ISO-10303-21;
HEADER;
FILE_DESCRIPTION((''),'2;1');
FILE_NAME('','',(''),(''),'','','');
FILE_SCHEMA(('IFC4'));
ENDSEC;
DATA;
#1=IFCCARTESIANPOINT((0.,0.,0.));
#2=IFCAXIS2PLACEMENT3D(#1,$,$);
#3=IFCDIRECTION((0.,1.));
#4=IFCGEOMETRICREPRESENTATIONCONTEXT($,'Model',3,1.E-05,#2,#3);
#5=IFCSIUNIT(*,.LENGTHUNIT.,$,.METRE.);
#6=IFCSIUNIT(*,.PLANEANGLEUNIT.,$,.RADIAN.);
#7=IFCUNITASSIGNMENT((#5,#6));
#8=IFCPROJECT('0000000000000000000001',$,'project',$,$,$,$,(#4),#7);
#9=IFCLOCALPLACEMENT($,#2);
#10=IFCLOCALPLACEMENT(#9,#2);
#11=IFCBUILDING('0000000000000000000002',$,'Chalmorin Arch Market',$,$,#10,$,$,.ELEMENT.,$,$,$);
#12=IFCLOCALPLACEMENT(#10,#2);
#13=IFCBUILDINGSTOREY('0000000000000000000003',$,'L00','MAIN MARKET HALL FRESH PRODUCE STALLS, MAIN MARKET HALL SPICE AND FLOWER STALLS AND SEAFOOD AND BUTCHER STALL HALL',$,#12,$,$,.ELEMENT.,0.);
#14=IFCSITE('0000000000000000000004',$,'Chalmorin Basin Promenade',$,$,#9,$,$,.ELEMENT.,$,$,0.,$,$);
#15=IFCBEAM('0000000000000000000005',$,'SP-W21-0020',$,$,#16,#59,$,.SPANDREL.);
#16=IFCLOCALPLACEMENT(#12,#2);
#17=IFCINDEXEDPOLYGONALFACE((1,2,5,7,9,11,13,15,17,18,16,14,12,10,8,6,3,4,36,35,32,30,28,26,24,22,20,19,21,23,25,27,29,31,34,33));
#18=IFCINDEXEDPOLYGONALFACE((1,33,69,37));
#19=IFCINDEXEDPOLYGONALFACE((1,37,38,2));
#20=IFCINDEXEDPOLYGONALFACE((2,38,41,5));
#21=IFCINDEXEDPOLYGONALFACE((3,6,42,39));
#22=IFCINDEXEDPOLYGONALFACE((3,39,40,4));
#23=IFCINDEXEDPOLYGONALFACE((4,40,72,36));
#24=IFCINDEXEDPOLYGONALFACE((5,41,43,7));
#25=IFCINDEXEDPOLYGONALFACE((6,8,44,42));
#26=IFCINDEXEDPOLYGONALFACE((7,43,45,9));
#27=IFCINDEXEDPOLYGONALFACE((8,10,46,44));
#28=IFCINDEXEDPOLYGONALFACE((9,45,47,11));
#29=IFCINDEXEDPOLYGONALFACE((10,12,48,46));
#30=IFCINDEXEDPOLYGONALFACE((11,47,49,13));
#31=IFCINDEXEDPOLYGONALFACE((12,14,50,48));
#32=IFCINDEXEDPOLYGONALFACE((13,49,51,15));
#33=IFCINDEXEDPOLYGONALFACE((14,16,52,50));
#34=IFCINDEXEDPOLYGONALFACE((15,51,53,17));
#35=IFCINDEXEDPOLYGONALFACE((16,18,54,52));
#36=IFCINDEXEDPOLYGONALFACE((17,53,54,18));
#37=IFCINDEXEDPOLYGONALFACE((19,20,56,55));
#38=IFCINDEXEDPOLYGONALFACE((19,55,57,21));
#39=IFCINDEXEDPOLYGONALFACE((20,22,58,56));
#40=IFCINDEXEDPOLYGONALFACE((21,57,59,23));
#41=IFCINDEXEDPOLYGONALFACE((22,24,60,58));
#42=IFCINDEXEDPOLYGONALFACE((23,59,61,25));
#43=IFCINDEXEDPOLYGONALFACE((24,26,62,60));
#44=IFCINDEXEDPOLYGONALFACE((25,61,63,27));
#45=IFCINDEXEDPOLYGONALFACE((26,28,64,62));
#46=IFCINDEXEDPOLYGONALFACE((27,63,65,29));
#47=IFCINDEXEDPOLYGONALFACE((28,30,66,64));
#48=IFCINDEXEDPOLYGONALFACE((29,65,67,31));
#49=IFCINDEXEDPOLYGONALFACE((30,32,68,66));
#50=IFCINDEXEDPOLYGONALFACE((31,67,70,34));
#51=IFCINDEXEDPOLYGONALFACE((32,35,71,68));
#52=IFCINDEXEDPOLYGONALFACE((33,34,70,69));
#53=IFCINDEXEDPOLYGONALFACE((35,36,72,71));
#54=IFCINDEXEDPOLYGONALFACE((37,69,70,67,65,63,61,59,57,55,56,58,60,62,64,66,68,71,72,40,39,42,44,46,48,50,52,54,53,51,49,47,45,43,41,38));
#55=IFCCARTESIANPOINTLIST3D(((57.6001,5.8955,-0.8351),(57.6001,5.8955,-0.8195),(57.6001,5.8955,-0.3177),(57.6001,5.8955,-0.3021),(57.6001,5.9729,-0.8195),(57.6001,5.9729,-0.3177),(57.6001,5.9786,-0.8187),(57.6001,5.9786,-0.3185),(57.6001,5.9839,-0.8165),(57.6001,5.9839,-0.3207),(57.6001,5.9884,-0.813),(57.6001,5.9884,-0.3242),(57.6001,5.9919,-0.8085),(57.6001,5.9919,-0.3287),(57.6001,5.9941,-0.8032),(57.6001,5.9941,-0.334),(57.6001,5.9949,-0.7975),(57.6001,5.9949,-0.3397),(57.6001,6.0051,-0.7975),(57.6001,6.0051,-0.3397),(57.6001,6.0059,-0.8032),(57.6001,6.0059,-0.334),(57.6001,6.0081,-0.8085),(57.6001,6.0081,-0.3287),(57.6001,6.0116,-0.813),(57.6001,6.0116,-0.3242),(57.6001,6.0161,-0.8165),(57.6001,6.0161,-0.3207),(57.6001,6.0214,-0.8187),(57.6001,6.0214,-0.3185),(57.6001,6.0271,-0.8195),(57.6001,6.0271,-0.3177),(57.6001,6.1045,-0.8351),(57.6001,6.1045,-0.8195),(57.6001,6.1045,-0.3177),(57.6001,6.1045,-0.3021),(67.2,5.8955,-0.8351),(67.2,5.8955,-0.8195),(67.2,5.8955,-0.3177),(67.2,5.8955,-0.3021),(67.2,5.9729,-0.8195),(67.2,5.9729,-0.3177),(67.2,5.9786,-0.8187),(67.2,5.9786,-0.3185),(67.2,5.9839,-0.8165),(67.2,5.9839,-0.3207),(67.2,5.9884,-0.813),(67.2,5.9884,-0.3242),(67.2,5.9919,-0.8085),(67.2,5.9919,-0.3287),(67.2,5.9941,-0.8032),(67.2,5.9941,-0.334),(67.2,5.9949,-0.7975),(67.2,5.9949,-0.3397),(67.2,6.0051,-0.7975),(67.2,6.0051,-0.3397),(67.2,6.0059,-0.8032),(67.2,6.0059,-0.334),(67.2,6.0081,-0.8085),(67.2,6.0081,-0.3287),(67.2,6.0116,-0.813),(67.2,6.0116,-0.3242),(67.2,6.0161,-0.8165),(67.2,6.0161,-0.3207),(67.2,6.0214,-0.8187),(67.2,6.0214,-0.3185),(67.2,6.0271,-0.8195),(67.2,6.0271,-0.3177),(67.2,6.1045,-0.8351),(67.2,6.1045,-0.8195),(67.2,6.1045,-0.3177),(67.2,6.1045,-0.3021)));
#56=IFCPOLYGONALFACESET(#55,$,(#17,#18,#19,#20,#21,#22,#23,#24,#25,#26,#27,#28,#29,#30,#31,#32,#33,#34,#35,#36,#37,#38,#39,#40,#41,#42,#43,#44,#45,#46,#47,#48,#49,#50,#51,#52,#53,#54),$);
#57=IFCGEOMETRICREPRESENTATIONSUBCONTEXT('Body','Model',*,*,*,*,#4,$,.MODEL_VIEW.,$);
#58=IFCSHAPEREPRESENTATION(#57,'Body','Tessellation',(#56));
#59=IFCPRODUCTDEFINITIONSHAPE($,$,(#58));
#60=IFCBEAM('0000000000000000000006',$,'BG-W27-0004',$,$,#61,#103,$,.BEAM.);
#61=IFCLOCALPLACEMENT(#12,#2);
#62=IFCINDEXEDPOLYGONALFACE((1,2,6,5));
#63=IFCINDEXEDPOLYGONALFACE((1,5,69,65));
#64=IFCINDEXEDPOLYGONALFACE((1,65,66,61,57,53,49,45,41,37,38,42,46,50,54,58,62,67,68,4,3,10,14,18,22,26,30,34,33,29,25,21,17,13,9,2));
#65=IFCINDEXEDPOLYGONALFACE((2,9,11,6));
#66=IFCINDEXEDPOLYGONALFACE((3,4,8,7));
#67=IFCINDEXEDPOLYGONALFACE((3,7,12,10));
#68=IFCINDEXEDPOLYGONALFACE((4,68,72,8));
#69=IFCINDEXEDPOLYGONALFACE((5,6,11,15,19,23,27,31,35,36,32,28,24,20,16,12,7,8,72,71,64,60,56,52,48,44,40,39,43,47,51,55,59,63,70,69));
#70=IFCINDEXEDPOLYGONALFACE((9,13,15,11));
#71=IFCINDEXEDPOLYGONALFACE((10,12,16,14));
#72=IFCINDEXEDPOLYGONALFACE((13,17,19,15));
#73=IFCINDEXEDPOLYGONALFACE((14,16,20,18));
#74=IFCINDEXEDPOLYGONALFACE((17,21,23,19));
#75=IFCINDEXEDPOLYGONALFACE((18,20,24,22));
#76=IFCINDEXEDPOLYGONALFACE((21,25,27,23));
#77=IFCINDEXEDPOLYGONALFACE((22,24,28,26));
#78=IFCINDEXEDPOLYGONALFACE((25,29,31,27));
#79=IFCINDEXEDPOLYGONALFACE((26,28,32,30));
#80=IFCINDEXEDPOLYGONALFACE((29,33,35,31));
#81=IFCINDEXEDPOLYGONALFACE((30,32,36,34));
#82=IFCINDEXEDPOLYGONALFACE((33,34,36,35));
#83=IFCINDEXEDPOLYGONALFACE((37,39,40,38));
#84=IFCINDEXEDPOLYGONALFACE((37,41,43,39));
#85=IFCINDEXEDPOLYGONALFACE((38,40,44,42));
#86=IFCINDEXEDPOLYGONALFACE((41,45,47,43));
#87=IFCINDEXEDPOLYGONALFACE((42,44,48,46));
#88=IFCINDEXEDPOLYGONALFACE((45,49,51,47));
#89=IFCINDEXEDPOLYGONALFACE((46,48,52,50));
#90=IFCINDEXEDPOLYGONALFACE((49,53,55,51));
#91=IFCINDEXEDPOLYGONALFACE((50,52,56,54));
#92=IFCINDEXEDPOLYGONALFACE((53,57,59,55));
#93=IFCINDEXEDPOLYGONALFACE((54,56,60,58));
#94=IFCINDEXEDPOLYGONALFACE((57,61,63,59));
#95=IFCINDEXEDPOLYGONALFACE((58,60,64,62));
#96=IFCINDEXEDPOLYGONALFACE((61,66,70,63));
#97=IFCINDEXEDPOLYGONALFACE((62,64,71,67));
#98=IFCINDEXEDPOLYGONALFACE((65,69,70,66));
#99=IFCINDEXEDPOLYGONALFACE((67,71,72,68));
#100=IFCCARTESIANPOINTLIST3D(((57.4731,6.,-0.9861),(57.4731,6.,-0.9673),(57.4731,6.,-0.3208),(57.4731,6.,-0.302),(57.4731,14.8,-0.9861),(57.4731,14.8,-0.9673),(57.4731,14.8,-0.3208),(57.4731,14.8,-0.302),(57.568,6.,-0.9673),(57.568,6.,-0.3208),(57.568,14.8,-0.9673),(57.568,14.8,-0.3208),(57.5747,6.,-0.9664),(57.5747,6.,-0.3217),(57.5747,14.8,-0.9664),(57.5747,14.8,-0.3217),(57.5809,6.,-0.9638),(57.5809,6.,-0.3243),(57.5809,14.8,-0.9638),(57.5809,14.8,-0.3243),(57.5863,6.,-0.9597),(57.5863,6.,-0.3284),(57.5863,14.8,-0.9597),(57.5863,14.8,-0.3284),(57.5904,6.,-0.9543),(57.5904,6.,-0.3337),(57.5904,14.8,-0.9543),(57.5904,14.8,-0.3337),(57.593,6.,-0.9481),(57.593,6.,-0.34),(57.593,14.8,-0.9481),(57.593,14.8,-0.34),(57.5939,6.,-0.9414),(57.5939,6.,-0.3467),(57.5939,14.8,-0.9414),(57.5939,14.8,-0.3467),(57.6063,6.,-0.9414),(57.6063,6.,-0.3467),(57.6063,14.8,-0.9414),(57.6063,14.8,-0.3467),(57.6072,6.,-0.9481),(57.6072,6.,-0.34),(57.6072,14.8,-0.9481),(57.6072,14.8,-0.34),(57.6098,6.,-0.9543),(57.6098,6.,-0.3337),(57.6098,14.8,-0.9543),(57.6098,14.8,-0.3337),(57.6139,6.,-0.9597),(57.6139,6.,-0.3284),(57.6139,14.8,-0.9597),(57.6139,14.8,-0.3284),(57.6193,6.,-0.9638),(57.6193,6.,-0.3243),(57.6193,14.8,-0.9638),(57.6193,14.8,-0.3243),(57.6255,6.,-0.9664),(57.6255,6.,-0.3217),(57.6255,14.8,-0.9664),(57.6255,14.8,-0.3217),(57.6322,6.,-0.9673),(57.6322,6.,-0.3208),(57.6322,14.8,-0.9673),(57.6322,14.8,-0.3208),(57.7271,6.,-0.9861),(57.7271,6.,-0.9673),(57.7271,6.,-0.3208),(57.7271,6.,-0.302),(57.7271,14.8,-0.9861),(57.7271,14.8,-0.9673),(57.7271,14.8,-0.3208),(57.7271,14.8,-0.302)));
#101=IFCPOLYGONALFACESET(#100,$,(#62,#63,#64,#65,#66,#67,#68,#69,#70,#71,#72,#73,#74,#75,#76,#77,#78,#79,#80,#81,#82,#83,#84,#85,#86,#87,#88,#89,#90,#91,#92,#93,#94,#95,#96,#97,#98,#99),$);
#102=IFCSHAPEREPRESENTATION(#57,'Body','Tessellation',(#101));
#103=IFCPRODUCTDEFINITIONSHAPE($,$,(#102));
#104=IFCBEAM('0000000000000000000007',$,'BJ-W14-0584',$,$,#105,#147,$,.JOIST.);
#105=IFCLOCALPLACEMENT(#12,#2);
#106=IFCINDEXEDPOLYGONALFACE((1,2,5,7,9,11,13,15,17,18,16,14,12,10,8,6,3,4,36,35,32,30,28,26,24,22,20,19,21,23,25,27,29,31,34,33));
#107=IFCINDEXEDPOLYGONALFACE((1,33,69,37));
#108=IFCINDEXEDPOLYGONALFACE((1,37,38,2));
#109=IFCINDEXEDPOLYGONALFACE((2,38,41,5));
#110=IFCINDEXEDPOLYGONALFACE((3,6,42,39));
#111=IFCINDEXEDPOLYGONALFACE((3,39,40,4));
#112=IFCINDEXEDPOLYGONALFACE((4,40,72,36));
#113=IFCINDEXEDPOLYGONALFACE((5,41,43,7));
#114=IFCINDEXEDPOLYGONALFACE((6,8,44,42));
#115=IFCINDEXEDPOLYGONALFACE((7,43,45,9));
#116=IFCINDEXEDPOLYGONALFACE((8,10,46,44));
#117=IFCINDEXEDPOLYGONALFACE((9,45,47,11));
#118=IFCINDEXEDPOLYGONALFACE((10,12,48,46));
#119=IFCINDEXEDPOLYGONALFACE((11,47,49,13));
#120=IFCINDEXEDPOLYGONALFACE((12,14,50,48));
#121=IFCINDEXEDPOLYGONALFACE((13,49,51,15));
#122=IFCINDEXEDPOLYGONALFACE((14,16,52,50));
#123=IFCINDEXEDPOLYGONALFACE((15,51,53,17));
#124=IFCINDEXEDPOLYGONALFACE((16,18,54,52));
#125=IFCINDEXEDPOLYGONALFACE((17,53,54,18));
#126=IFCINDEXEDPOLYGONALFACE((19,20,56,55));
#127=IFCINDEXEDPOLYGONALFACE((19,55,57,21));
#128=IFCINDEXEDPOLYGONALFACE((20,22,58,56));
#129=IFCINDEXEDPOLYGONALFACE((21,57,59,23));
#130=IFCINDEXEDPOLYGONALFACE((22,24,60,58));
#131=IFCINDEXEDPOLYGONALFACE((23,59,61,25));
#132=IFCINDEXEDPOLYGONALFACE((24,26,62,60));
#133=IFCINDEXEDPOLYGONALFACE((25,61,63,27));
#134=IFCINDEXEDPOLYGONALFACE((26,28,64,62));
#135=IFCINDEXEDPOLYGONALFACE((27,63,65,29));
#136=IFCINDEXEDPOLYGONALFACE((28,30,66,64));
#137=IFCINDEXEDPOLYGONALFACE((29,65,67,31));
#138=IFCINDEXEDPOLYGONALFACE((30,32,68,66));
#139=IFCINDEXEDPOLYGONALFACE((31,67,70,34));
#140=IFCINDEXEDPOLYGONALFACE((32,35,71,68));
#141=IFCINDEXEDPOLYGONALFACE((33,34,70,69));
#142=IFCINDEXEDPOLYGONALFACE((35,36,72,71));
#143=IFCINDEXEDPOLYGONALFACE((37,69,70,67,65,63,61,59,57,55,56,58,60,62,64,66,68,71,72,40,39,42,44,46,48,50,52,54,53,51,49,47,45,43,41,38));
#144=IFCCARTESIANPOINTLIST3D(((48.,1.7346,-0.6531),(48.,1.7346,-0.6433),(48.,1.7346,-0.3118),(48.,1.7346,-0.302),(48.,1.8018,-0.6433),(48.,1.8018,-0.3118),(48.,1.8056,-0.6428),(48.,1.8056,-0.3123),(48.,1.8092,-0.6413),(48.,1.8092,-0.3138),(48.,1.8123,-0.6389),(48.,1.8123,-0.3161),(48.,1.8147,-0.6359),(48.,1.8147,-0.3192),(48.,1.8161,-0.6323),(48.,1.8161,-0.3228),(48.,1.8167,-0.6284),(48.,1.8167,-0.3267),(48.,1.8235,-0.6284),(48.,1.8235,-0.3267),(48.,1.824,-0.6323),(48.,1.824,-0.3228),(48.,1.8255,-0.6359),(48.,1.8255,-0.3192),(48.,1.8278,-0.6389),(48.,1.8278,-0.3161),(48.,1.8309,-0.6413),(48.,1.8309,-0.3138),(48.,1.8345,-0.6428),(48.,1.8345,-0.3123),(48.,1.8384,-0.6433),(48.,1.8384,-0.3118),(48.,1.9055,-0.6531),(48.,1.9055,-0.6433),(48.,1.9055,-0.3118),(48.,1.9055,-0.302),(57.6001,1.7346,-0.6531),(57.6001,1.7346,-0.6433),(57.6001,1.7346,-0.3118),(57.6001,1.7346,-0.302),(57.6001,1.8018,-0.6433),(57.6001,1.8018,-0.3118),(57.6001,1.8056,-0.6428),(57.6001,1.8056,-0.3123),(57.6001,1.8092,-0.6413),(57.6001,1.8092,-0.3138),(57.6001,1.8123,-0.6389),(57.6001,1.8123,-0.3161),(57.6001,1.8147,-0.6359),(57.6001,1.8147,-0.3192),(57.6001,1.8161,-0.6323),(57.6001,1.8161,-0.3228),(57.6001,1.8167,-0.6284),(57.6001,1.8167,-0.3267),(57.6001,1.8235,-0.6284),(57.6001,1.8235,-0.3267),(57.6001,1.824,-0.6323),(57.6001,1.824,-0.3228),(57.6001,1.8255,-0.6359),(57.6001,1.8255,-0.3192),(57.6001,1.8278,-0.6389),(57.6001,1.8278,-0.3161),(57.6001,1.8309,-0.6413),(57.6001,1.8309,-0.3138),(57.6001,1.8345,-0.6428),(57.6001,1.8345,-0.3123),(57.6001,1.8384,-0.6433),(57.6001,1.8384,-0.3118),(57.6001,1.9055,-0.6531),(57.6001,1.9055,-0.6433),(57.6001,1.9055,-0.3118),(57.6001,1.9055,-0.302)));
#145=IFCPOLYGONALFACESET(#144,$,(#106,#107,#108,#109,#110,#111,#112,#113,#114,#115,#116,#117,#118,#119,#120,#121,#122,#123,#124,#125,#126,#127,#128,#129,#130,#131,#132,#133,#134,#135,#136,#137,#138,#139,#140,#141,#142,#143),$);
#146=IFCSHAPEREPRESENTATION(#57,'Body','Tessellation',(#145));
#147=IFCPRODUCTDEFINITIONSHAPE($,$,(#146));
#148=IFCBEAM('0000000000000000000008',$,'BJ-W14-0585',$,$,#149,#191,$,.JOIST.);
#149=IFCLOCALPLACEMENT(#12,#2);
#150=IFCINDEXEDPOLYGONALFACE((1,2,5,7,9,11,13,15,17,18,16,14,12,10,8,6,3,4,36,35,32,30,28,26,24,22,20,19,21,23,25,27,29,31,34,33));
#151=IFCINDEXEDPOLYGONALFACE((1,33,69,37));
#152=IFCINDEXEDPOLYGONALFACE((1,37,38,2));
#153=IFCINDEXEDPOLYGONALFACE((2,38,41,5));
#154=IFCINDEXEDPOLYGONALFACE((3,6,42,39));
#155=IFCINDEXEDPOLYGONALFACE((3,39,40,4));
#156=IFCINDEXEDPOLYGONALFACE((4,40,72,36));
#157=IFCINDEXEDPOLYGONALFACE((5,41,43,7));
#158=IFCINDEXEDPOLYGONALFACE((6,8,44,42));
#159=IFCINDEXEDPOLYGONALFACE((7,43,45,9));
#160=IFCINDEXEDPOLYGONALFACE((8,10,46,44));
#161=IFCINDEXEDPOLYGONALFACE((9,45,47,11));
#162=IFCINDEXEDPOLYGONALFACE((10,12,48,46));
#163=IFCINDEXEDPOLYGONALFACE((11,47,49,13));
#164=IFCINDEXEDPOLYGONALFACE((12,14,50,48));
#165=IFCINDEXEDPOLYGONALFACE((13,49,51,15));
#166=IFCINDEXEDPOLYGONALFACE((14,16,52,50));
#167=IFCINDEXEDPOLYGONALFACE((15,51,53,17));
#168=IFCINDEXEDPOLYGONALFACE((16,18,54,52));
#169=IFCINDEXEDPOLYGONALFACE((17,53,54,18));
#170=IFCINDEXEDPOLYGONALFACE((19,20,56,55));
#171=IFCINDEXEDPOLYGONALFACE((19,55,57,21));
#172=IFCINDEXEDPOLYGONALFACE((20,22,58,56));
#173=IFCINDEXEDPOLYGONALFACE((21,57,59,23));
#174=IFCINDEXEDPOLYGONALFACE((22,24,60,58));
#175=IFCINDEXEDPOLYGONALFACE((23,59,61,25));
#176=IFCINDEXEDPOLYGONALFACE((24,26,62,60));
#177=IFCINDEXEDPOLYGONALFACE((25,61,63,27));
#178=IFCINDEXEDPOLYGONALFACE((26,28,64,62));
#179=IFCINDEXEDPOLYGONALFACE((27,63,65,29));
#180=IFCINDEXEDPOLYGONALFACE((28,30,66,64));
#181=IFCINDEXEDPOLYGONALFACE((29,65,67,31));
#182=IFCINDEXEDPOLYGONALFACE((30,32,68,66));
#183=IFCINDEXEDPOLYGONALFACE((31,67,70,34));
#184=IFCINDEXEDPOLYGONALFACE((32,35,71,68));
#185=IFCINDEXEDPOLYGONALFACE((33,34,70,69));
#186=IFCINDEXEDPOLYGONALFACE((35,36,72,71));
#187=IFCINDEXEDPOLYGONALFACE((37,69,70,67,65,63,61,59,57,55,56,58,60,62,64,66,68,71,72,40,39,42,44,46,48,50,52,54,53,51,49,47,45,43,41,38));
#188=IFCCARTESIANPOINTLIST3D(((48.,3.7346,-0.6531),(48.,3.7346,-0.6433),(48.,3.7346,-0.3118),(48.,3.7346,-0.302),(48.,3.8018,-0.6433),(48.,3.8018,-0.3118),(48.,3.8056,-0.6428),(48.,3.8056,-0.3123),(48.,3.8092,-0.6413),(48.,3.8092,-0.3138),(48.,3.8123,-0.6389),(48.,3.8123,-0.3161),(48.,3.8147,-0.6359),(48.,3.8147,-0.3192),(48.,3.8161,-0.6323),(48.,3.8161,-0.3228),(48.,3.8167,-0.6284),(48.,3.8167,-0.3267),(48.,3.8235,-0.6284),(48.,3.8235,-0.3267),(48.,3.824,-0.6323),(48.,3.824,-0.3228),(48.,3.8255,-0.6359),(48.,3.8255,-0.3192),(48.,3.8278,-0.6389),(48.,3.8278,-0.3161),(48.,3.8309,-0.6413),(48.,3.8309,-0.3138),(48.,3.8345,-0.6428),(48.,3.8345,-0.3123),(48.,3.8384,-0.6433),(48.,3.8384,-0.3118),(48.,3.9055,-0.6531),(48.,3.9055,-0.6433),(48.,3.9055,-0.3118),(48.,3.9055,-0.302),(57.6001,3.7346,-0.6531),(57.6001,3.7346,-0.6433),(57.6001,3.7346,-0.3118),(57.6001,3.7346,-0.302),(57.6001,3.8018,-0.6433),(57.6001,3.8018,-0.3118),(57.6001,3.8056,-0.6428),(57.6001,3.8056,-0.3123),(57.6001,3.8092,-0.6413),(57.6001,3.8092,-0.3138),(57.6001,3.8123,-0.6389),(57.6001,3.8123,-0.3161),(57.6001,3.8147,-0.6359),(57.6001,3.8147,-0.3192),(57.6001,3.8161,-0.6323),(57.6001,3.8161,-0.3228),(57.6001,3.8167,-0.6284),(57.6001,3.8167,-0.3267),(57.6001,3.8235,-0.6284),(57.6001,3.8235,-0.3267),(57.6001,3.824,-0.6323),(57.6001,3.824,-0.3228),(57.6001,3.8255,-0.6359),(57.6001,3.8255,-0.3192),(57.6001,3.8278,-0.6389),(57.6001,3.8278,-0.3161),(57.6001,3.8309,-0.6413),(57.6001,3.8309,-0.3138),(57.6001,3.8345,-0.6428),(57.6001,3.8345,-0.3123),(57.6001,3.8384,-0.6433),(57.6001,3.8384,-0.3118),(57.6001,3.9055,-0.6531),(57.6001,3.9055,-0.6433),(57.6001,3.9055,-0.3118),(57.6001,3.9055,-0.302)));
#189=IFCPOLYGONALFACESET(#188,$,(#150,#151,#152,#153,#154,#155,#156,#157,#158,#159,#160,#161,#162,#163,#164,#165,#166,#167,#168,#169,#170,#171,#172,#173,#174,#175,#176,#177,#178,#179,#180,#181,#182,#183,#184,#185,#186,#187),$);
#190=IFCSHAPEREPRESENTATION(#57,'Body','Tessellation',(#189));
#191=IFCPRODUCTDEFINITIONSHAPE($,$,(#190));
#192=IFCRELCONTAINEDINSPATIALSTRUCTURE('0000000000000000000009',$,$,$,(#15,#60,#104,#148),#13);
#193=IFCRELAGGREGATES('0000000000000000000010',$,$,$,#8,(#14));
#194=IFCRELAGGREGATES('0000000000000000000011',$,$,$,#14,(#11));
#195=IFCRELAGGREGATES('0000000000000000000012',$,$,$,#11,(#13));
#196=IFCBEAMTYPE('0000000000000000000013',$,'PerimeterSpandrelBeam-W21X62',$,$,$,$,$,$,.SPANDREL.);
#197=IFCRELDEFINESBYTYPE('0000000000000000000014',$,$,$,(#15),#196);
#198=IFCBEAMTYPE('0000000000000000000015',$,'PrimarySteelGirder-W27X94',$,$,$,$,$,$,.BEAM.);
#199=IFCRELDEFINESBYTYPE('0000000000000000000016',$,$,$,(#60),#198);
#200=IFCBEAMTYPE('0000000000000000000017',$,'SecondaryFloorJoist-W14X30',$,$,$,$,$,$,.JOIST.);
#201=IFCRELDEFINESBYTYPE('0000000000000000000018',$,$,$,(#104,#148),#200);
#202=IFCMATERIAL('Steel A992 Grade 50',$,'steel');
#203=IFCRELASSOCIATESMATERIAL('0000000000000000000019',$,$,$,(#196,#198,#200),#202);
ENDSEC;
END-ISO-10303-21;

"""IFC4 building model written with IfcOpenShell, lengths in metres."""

from ifc_helpers import new_model, si_unit, direction, frame, origin, origin_2d, place, context, subcontext, project, spatial, i_section, extrude, material, material_profile, profile_set, type_object, element, save


model = new_model("IFC4")

# Units and contexts
model_context = context("Model", 3, precision=1e-05, world=origin(), true_north=direction((0.0, 1.0)))
body_context = subcontext(model_context, "Body", "Model", "MODEL_VIEW")
ifc_project = project(units=[si_unit("LENGTHUNIT", "METRE"), si_unit("PLANEANGLEUNIT", "RADIAN")], contexts=[model_context])

# Site, building, storey
site_placement = place(None, origin())
site = spatial("IfcSite", under=ifc_project, at=site_placement, Name="Chalmorin Basin Promenade", CompositionType="ELEMENT", RefElevation=0.0)
building_placement = place(site_placement, origin())
building = spatial("IfcBuilding", under=site, at=building_placement, Name="Chalmorin Arch Market", CompositionType="ELEMENT")
storey_placement = place(building_placement, origin())
storey = spatial("IfcBuildingStorey", under=building, at=storey_placement, Name="L00", Description="MAIN MARKET HALL FRESH PRODUCE STALLS, MAIN MARKET HALL SPICE AND FLOWER STALLS AND SEAFOOD AND BUTCHER STALL HALL", CompositionType="ELEMENT", Elevation=0.0)

# Beams
ifc_material_1 = material(Name="Steel A992 Grade 50", Category="steel")
ifc_material_profile_1 = material_profile(ifc_material_1, i_section(OverallWidth=0.209, OverallDepth=0.533, WebThickness=0.0103, FlangeThickness=0.0156, FilletRadius=0.022, at=origin_2d()), Name="W21X62")
ifc_profile_set_1 = profile_set([ifc_material_profile_1], Name="Steel A992 Grade 50")
beam_type_1 = type_object("IfcBeamType", Name="PerimeterSpandrelBeam-W21X62", PredefinedType="SPANDREL", material=ifc_profile_set_1)
beam_1_placement = place(storey_placement, frame((57.6001, 6.0, -0.5686), z_axis=(1.0, 0.0, 0.0), x_axis=(0.0, 1.0, 0.0)))
element("IfcBeam", 1, at=beam_1_placement, inside=storey, type_object=beam_type_1, Name="SP-W21-0020", PredefinedType="SPANDREL", context=body_context, shape_type="SweptSolid", body=[
    extrude(i_section(OverallWidth=0.209, OverallDepth=0.533, WebThickness=0.0103, FlangeThickness=0.0156, FilletRadius=0.022, at=origin_2d()), origin(), (0.0, 0.0, 1.0), 9.5999),
])
ifc_material_profile_2 = material_profile(ifc_material_1, i_section(OverallWidth=0.2539, OverallDepth=0.6841, WebThickness=0.0125, FlangeThickness=0.0188, FilletRadius=0.0259, at=origin_2d()), Name="W27X94")
ifc_profile_set_2 = profile_set([ifc_material_profile_2], Name="Steel A992 Grade 50")
beam_type_2 = type_object("IfcBeamType", Name="PrimarySteelGirder-W27X94", PredefinedType="BEAM", material=ifc_profile_set_2)
beam_2_placement = place(storey_placement, frame((57.6001, 6.0, -0.644), z_axis=(0.0, 1.0, 0.0), x_axis=(-1.0, 0.0, 0.0)))
element("IfcBeam", 2, at=beam_2_placement, inside=storey, type_object=beam_type_2, Name="BG-W27-0004", PredefinedType="BEAM", context=body_context, shape_type="SweptSolid", body=[
    extrude(i_section(OverallWidth=0.2539, OverallDepth=0.6841, WebThickness=0.0125, FlangeThickness=0.0188, FilletRadius=0.0259, at=origin_2d()), origin(), (0.0, 0.0, 1.0), 8.8),
])
ifc_material_profile_3 = material_profile(ifc_material_1, i_section(OverallWidth=0.1709, OverallDepth=0.3511, WebThickness=0.0068, FlangeThickness=0.0098, FilletRadius=0.0149, at=origin_2d()), Name="W14X30")
ifc_profile_set_3 = profile_set([ifc_material_profile_3], Name="Steel A992 Grade 50")
beam_type_3 = type_object("IfcBeamType", Name="SecondaryFloorJoist-W14X30", PredefinedType="JOIST", material=ifc_profile_set_3)
for number, where, z_axis, x_axis, name in (
    (3, (48.0, 1.8201, -0.4775), (1.0, 0.0, 0.0), (0.0, 1.0, 0.0), "BJ-W14-0584"),
    (4, (48.0, 3.8201, -0.4775), (1.0, 0.0, 0.0), (0.0, 1.0, 0.0), "BJ-W14-0585"),
):
    element("IfcBeam", number, at=place(storey_placement, frame(where, z_axis=z_axis, x_axis=x_axis)), inside=storey, type_object=beam_type_3, Name=name, PredefinedType="JOIST", context=body_context, shape_type="SweptSolid", body=[
        extrude(i_section(OverallWidth=0.1709, OverallDepth=0.3511, WebThickness=0.0068, FlangeThickness=0.0098, FilletRadius=0.0149, at=origin_2d()), origin(), (0.0, 0.0, 1.0), 9.6001),
    ])

save(model, "model.ifc")
